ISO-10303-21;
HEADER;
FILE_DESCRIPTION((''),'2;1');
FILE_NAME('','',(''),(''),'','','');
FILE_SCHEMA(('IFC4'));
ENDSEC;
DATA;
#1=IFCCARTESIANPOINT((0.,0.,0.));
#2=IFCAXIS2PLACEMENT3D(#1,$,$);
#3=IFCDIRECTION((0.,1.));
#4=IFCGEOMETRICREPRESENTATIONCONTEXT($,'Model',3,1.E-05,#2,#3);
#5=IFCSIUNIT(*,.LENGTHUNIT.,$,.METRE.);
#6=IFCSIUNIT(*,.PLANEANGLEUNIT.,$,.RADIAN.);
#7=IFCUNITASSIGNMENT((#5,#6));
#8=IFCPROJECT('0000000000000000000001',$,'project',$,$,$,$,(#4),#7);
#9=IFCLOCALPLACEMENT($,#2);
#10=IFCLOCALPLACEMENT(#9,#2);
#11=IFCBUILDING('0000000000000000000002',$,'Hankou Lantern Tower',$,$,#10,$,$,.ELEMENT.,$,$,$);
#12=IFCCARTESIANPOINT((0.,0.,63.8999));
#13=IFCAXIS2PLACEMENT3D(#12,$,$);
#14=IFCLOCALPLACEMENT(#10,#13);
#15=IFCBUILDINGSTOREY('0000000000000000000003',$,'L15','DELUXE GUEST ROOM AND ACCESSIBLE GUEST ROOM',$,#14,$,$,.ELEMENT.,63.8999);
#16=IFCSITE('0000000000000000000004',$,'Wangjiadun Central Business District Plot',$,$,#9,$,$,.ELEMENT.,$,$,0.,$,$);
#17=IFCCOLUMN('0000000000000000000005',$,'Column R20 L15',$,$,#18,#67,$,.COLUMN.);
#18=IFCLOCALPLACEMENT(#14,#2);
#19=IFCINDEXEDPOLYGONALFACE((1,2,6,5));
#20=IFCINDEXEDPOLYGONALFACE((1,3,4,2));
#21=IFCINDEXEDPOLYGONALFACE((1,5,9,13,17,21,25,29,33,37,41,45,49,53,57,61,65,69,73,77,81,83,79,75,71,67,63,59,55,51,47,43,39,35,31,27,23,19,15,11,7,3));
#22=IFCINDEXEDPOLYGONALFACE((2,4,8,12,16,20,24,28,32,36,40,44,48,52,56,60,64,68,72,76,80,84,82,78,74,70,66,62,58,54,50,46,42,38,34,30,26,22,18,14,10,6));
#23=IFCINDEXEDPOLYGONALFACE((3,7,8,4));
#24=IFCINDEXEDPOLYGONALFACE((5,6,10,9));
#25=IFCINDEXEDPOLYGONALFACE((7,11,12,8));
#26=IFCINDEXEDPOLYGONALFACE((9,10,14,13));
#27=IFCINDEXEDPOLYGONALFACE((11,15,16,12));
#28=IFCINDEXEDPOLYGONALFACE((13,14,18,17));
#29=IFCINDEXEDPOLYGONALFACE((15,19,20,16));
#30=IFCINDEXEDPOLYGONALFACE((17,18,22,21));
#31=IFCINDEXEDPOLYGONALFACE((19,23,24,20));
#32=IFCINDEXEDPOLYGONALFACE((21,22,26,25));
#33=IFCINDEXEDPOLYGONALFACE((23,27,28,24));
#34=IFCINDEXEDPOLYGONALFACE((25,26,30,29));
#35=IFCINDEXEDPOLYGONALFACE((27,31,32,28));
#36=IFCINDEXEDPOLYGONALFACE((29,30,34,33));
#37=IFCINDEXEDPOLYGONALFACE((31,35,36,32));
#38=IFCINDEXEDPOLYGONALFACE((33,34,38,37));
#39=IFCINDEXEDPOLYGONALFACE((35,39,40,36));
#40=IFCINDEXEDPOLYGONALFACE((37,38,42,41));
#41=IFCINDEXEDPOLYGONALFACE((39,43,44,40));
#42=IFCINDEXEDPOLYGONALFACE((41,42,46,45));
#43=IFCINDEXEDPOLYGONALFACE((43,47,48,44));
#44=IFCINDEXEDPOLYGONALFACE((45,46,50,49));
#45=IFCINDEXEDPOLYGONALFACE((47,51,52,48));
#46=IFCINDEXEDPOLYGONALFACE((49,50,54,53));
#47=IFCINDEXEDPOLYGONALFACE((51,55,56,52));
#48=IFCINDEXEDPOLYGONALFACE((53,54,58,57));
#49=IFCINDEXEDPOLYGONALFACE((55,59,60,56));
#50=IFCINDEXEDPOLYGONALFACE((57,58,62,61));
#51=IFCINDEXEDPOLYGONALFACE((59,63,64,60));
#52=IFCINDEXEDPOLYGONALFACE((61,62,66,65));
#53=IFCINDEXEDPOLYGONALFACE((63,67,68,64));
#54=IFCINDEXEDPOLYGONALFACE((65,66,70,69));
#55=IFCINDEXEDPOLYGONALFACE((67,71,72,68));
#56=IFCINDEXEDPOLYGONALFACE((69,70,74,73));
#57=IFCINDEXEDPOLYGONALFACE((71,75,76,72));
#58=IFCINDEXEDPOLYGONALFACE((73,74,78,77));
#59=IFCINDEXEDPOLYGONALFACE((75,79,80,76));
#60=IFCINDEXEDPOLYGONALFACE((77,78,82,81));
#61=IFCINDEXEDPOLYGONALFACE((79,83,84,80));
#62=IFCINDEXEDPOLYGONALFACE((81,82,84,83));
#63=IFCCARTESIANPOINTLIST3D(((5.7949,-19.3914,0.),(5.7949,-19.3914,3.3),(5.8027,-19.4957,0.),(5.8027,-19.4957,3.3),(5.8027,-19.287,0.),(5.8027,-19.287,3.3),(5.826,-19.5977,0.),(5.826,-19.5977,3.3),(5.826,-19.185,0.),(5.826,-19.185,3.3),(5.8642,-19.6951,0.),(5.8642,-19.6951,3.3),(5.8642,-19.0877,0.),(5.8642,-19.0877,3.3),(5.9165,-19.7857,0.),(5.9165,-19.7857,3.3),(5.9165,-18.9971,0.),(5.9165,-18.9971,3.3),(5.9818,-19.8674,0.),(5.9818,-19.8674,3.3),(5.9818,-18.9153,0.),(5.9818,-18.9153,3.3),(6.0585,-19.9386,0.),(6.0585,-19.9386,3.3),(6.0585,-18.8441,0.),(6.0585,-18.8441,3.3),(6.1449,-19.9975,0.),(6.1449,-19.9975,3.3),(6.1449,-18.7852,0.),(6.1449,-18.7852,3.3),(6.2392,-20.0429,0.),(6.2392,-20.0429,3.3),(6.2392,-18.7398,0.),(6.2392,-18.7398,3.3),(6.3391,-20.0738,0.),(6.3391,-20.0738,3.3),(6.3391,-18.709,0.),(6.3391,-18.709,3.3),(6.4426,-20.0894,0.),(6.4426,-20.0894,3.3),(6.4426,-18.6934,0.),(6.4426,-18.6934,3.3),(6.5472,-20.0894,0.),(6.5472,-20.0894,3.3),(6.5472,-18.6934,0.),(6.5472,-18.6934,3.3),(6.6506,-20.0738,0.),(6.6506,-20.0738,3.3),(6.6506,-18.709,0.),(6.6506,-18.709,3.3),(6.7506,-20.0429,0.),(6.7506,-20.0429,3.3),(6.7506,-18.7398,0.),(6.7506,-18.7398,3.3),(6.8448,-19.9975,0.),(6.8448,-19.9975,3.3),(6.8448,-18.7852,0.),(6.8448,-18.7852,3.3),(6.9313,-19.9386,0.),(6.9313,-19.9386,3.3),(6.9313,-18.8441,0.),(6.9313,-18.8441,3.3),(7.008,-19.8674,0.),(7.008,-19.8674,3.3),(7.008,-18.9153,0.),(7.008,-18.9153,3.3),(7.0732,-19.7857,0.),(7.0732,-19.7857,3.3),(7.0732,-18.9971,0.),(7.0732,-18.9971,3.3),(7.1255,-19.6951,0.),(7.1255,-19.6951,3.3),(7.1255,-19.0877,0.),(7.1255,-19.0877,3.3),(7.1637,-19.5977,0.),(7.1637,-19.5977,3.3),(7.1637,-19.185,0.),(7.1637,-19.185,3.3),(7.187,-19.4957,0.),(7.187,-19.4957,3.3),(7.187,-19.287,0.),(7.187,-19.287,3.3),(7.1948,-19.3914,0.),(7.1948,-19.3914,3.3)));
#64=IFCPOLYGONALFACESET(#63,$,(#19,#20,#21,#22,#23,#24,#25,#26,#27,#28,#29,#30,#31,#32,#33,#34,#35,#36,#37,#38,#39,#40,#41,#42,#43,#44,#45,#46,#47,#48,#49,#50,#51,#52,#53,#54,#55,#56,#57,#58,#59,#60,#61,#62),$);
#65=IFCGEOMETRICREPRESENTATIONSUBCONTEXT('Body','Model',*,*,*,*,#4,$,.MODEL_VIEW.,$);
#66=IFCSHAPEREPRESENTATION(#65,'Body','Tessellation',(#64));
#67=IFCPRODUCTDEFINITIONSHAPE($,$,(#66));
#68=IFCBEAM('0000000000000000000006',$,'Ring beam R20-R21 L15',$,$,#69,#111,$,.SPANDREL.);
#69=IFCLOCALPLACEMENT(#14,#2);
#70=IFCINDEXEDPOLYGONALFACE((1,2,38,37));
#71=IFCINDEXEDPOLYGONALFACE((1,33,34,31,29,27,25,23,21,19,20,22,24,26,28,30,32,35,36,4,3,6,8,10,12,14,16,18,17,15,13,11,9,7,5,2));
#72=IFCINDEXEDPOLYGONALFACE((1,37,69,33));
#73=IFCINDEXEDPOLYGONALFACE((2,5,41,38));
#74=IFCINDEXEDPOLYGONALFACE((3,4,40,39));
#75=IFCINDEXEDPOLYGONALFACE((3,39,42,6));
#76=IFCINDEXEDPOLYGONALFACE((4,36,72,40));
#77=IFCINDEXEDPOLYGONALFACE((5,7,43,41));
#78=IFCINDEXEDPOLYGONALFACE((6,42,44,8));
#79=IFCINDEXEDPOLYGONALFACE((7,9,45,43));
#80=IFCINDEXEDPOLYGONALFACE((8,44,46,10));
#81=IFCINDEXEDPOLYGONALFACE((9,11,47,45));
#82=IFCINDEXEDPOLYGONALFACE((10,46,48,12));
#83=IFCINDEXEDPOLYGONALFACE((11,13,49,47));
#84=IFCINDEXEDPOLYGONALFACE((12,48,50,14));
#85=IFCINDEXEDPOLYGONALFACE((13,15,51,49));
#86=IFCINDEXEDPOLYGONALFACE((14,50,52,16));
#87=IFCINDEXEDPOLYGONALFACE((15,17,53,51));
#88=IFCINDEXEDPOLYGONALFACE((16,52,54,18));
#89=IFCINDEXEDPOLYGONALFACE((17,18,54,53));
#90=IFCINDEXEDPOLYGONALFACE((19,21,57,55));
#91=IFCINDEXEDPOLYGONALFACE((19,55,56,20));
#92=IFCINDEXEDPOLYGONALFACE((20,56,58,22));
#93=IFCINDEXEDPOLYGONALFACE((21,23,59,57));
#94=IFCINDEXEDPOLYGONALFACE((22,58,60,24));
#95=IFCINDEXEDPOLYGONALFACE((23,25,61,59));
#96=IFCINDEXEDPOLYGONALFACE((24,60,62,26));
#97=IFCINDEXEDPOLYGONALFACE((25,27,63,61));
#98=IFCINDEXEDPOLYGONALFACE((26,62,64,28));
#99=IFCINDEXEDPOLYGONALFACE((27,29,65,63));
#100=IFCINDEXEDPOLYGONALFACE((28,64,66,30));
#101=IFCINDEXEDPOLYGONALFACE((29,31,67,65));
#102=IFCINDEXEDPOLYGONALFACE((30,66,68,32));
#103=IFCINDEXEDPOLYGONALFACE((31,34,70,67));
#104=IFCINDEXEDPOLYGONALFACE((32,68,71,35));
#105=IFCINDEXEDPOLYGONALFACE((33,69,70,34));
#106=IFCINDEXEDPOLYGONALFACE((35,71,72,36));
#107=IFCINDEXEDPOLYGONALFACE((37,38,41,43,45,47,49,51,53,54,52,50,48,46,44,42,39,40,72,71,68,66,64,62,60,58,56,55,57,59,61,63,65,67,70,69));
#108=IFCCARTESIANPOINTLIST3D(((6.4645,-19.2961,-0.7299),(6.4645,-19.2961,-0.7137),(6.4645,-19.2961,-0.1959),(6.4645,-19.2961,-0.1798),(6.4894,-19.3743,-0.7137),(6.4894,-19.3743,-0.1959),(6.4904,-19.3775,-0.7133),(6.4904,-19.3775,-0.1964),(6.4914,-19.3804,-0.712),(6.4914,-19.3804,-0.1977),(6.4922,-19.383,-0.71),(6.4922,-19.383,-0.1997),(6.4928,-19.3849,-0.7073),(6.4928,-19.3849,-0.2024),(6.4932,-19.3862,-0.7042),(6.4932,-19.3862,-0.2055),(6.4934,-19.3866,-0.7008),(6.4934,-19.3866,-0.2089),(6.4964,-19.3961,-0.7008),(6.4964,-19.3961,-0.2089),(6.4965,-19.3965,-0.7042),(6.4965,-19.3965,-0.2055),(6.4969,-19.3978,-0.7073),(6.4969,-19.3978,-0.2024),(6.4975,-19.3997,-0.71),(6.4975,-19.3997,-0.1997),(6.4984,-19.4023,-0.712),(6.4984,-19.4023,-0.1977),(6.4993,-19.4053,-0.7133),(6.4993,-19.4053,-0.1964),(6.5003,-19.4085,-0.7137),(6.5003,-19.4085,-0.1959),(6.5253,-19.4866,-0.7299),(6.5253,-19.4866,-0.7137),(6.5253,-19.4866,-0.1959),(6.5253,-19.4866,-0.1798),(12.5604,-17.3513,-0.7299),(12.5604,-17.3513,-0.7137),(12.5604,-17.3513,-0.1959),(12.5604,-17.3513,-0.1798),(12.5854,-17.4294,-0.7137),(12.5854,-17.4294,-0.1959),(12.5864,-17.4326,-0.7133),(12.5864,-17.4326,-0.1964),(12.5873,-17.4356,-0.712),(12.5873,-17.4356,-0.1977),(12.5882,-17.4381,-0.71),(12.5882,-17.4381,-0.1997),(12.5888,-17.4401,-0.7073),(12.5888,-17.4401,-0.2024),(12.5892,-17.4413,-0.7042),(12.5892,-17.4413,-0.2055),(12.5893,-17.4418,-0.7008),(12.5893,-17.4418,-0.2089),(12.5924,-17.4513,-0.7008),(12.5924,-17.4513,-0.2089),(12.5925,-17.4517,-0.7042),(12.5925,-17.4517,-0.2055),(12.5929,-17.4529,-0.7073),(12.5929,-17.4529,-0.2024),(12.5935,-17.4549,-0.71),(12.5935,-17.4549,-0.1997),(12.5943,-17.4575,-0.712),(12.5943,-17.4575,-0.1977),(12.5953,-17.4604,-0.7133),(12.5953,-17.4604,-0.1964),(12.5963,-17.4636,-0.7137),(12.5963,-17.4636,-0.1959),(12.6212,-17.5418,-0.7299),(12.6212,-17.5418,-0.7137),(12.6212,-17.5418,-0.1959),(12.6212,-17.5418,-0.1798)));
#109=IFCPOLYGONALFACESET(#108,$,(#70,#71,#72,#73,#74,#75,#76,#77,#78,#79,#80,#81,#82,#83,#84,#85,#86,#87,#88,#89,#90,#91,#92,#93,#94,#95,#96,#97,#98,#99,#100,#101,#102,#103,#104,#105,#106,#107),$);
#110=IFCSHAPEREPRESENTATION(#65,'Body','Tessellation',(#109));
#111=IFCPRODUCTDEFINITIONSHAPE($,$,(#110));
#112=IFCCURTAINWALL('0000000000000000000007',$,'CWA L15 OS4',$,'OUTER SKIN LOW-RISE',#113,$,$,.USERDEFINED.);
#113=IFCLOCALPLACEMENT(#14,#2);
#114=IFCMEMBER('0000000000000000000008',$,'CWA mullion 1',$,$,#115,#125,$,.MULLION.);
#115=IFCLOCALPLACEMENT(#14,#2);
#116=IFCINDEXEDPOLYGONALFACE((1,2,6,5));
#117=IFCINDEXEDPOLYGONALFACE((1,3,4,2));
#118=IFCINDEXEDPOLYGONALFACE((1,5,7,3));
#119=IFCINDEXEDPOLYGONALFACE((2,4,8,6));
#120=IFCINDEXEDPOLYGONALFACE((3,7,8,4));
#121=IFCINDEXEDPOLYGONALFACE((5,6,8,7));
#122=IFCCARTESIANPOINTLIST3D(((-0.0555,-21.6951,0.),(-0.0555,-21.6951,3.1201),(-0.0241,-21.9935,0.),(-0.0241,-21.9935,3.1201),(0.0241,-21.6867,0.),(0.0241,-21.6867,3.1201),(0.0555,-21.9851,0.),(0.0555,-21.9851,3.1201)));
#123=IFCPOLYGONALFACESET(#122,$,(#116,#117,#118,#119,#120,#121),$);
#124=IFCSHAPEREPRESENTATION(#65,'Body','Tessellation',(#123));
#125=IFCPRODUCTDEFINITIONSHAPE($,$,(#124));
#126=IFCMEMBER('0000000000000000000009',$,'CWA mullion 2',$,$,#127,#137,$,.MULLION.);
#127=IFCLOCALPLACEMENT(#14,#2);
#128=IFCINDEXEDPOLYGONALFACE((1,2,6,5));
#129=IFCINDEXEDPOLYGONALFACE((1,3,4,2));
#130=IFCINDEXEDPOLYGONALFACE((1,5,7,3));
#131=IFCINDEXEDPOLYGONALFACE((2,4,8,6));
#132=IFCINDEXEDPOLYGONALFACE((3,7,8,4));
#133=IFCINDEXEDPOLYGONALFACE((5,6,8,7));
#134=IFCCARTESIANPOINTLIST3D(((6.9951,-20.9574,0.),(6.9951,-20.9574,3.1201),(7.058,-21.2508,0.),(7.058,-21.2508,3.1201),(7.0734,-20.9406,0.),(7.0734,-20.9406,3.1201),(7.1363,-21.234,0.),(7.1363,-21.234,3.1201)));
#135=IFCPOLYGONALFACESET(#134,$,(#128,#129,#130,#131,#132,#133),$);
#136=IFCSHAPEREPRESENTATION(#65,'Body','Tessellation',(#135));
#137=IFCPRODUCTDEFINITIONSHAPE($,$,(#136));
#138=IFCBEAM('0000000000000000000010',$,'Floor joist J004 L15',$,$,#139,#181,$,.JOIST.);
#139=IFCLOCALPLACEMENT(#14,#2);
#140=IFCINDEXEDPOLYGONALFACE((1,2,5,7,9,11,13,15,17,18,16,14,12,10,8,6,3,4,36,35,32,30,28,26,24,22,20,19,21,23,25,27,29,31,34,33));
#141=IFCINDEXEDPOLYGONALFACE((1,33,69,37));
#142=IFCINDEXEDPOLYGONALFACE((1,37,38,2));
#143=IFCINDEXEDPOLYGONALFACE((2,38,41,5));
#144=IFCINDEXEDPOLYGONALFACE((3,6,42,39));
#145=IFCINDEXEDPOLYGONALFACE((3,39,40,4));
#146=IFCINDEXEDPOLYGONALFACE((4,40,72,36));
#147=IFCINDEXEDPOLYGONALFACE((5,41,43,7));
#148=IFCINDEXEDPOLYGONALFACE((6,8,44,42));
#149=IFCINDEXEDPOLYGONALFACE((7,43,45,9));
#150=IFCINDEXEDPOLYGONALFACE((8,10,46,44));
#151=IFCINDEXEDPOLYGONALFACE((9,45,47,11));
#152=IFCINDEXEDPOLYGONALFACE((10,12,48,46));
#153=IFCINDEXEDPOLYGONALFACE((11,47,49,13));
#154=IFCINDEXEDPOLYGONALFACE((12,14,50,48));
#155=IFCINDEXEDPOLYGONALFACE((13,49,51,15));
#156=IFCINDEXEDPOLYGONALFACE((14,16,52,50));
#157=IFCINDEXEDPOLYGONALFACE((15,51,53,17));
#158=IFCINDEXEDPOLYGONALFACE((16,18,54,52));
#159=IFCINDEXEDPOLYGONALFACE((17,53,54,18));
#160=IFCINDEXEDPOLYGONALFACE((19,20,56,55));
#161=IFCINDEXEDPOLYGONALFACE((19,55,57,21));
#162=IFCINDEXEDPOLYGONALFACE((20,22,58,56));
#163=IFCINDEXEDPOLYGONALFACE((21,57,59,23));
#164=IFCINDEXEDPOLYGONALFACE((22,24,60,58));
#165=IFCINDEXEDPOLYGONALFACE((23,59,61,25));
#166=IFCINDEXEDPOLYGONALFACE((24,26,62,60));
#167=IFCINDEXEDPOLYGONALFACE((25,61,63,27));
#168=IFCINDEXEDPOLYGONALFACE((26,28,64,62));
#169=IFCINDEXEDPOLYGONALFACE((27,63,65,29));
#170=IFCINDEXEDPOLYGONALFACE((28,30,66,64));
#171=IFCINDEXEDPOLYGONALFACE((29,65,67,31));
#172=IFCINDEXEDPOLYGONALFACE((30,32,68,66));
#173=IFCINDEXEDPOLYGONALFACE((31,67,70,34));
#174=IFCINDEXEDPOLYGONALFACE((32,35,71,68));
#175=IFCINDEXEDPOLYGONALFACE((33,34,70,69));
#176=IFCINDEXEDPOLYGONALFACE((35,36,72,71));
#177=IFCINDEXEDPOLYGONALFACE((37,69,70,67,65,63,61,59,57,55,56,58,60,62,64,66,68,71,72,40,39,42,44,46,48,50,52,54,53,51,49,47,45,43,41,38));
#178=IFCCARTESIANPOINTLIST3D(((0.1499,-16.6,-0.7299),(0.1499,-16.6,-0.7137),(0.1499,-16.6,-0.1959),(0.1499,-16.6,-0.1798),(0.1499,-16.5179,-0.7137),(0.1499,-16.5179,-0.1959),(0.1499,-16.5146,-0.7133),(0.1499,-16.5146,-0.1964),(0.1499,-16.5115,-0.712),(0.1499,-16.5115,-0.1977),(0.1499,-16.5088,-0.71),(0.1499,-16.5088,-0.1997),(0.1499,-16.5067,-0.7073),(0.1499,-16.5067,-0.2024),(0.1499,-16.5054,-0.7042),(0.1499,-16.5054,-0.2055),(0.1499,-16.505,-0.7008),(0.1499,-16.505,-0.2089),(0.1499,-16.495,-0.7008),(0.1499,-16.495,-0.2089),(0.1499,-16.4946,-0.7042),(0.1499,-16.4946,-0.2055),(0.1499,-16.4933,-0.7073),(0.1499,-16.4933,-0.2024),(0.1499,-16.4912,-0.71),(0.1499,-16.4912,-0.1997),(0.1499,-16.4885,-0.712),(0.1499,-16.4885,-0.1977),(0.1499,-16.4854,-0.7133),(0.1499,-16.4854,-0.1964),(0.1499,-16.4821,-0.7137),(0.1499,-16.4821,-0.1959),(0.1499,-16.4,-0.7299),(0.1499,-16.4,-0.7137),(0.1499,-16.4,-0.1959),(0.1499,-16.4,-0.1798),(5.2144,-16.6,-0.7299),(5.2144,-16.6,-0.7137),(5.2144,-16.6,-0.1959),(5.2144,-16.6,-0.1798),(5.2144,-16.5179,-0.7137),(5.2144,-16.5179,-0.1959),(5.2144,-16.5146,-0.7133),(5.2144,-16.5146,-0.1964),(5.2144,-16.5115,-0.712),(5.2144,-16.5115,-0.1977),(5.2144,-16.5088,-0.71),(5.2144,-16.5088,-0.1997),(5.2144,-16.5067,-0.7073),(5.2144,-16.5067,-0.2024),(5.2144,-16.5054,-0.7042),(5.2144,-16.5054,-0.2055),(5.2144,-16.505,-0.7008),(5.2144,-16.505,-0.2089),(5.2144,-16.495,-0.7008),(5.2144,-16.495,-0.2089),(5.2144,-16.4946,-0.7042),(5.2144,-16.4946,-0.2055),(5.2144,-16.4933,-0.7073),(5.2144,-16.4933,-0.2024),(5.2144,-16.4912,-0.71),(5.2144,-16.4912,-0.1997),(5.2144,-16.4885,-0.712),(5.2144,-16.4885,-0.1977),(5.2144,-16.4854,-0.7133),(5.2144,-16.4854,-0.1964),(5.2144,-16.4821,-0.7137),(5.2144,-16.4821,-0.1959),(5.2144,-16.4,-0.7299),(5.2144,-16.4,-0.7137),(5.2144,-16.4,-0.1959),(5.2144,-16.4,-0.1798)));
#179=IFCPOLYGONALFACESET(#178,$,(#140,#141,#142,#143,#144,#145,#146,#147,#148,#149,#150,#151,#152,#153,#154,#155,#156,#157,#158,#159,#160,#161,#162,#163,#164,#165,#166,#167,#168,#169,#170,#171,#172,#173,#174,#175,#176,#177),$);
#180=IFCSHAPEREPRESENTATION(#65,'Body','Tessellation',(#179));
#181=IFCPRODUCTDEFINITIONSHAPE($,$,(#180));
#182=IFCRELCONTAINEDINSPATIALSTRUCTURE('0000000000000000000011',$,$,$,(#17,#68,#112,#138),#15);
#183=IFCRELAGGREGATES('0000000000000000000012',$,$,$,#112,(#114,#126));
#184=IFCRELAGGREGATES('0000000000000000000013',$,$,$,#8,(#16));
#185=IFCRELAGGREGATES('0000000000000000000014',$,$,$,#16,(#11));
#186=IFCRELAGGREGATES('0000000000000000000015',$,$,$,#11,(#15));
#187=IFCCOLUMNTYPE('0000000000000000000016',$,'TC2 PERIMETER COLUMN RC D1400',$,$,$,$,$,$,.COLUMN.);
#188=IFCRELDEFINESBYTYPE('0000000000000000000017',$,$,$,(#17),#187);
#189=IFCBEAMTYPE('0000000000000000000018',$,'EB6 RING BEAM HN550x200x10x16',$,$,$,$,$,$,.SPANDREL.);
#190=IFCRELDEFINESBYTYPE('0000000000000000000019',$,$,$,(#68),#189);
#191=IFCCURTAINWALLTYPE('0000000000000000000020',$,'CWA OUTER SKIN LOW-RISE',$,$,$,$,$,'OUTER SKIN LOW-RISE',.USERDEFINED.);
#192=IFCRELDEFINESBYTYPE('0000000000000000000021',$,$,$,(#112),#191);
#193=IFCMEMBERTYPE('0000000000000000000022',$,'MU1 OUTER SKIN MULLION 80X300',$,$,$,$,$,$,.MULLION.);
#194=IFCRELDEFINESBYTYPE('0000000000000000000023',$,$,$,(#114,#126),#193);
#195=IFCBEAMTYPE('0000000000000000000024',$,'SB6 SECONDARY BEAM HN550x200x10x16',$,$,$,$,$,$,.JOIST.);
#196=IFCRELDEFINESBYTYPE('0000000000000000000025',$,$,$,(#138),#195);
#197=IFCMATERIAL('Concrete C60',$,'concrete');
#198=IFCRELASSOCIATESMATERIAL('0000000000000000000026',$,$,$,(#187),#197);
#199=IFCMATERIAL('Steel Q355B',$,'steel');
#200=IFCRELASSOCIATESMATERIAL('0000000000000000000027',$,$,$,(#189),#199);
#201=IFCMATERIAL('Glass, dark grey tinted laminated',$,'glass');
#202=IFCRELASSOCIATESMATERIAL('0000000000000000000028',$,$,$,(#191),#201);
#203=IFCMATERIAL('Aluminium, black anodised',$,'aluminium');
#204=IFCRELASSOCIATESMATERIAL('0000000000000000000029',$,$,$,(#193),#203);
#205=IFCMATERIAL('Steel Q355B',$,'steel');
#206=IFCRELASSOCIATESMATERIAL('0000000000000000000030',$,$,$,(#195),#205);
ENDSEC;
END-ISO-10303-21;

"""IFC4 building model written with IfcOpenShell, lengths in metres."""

from ifc_helpers import new_model, si_unit, direction, frame, origin, origin_2d, place, context, subcontext, project, spatial, rectangle, circle, i_section, extrude, material, material_profile, profile_set, type_object, element, aggregate, save


model = new_model("IFC4")

# Units and contexts
model_context = context("Model", 3, precision=1e-05, world=origin(), true_north=direction((0.0, 1.0)))
body_context = subcontext(model_context, "Body", "Model", "MODEL_VIEW")
ifc_project = project(units=[si_unit("LENGTHUNIT", "METRE"), si_unit("PLANEANGLEUNIT", "RADIAN")], contexts=[model_context])

# Site, building, storey
site_placement = place(None, origin())
site = spatial("IfcSite", under=ifc_project, at=site_placement, Name="Wangjiadun Central Business District Plot", CompositionType="ELEMENT", RefElevation=0.0)
building_placement = place(site_placement, origin())
building = spatial("IfcBuilding", under=site, at=building_placement, Name="Hankou Lantern Tower", CompositionType="ELEMENT")
storey_placement = place(building_placement, frame((0.0, 0.0, 63.8999)))
storey = spatial("IfcBuildingStorey", under=building, at=storey_placement, Name="L15", Description="DELUXE GUEST ROOM AND ACCESSIBLE GUEST ROOM", CompositionType="ELEMENT", Elevation=63.8999)

# Column
ifc_material_1 = material(Name="Concrete C60", Category="concrete")
ifc_material_profile_1 = material_profile(ifc_material_1, circle(Radius=0.7, at=origin_2d()), Name="RC D1400")
ifc_profile_set_1 = profile_set([ifc_material_profile_1], Name="Concrete C60")
column_type = type_object("IfcColumnType", Name="TC2 PERIMETER COLUMN RC D1400", PredefinedType="COLUMN", material=ifc_profile_set_1)
column_placement = place(storey_placement, frame((6.4949, -19.3914, 0.0), z_axis=(0.0, 0.0, 1.0), x_axis=(1.0, 0.0, 0.0)))
element("IfcColumn", 1, at=column_placement, inside=storey, type_object=column_type, Name="Column R20 L15", PredefinedType="COLUMN", context=body_context, shape_type="SweptSolid", body=[
    extrude(circle(Radius=0.7, at=origin_2d()), origin(), (0.0, 0.0, 1.0), 3.3),
])

# Beam
ifc_material_2 = material(Name="Steel Q355B", Category="steel")
ifc_material_profile_2 = material_profile(ifc_material_2, i_section(OverallWidth=0.2, OverallDepth=0.55, WebThickness=0.01, FlangeThickness=0.0161, FilletRadius=0.0129, at=origin_2d()), Name="HN550x200x10x16")
ifc_profile_set_2 = profile_set([ifc_material_profile_2], Name="Steel Q355B")
beam_type_1 = type_object("IfcBeamType", Name="EB6 RING BEAM HN550x200x10x16", PredefinedType="SPANDREL", material=ifc_profile_set_2)
beam_1_placement = place(storey_placement, frame((6.4949, -19.3914, -0.4548), z_axis=(0.95269, 0.303942, 0.0), x_axis=(-0.303942, 0.95269, 0.0)))
element("IfcBeam", 2, at=beam_1_placement, inside=storey, type_object=beam_type_1, Name="Ring beam R20-R21 L15", PredefinedType="SPANDREL", context=body_context, shape_type="SweptSolid", body=[
    extrude(i_section(OverallWidth=0.2, OverallDepth=0.55, WebThickness=0.01, FlangeThickness=0.0161, FilletRadius=0.0129, at=origin_2d()), origin(), (0.0, 0.0, 1.0), 6.3987),
])

# Curtain wall, members
ifc_material_3 = material(Name="Glass, dark grey tinted laminated", Category="glass")
curtain_wall_type = type_object("IfcCurtainWallType", Name="CWA OUTER SKIN LOW-RISE", ElementType="OUTER SKIN LOW-RISE", PredefinedType="USERDEFINED", material=ifc_material_3)
curtain_wall_placement = place(storey_placement, origin())
curtain_wall = element("IfcCurtainWall", 3, at=curtain_wall_placement, inside=storey, type_object=curtain_wall_type, Name="CWA L15 OS4", ObjectType="OUTER SKIN LOW-RISE", PredefinedType="USERDEFINED")
ifc_material_4 = material(Name="Aluminium, black anodised", Category="aluminium")
ifc_material_profile_3 = material_profile(ifc_material_4, rectangle(XDim=0.0801, YDim=0.3, at=origin_2d()), Name="MU1 80X300")
ifc_profile_set_3 = profile_set([ifc_material_profile_3], Name="Aluminium, black anodised")
member_type_1 = type_object("IfcMemberType", Name="MU1 OUTER SKIN MULLION 80X300", PredefinedType="MULLION", material=ifc_profile_set_3)
member_1_placement = place(storey_placement, frame((0.0, -21.8401, 0.0), z_axis=(0.0, 0.0, 1.0), x_axis=(0.994499, 0.104743, 0.0)))
member_1 = element("IfcMember", 4, at=member_1_placement, type_object=member_type_1, Name="CWA mullion 1", PredefinedType="MULLION", context=body_context, shape_type="SweptSolid", body=[
    extrude(rectangle(XDim=0.0801, YDim=0.3, at=origin_2d()), origin(), (0.0, 0.0, 1.0), 3.1201),
])
member_2_placement = place(storey_placement, frame((7.0657, -21.0957, 0.0), z_axis=(0.0, 0.0, 1.0), x_axis=(0.977788, 0.209598, 0.0)))
member_2 = element("IfcMember", 5, at=member_2_placement, type_object=member_type_1, Name="CWA mullion 2", PredefinedType="MULLION", context=body_context, shape_type="SweptSolid", body=[
    extrude(rectangle(XDim=0.0801, YDim=0.3, at=origin_2d()), origin(), (0.0, 0.0, 1.0), 3.1201),
])

# Beam
ifc_material_5 = material(Name="Steel Q355B", Category="steel")
ifc_material_profile_4 = material_profile(ifc_material_5, i_section(OverallWidth=0.2, OverallDepth=0.55, WebThickness=0.01, FlangeThickness=0.0161, FilletRadius=0.0129, at=origin_2d()), Name="HN550x200x10x16")
ifc_profile_set_4 = profile_set([ifc_material_profile_4], Name="Steel Q355B")
beam_type_2 = type_object("IfcBeamType", Name="SB6 SECONDARY BEAM HN550x200x10x16", PredefinedType="JOIST", material=ifc_profile_set_4)
beam_2_placement = place(storey_placement, frame((0.1499, -16.5, -0.4548), z_axis=(1.0, 0.0, 0.0), x_axis=(0.0, 1.0, 0.0)))
element("IfcBeam", 6, at=beam_2_placement, inside=storey, type_object=beam_type_2, Name="Floor joist J004 L15", PredefinedType="JOIST", context=body_context, shape_type="SweptSolid", body=[
    extrude(i_section(OverallWidth=0.2, OverallDepth=0.55, WebThickness=0.01, FlangeThickness=0.0161, FilletRadius=0.0129, at=origin_2d()), origin(), (0.0, 0.0, 1.0), 5.0645),
])

aggregate(curtain_wall, [member_1, member_2])

save(model, "model.ifc")
